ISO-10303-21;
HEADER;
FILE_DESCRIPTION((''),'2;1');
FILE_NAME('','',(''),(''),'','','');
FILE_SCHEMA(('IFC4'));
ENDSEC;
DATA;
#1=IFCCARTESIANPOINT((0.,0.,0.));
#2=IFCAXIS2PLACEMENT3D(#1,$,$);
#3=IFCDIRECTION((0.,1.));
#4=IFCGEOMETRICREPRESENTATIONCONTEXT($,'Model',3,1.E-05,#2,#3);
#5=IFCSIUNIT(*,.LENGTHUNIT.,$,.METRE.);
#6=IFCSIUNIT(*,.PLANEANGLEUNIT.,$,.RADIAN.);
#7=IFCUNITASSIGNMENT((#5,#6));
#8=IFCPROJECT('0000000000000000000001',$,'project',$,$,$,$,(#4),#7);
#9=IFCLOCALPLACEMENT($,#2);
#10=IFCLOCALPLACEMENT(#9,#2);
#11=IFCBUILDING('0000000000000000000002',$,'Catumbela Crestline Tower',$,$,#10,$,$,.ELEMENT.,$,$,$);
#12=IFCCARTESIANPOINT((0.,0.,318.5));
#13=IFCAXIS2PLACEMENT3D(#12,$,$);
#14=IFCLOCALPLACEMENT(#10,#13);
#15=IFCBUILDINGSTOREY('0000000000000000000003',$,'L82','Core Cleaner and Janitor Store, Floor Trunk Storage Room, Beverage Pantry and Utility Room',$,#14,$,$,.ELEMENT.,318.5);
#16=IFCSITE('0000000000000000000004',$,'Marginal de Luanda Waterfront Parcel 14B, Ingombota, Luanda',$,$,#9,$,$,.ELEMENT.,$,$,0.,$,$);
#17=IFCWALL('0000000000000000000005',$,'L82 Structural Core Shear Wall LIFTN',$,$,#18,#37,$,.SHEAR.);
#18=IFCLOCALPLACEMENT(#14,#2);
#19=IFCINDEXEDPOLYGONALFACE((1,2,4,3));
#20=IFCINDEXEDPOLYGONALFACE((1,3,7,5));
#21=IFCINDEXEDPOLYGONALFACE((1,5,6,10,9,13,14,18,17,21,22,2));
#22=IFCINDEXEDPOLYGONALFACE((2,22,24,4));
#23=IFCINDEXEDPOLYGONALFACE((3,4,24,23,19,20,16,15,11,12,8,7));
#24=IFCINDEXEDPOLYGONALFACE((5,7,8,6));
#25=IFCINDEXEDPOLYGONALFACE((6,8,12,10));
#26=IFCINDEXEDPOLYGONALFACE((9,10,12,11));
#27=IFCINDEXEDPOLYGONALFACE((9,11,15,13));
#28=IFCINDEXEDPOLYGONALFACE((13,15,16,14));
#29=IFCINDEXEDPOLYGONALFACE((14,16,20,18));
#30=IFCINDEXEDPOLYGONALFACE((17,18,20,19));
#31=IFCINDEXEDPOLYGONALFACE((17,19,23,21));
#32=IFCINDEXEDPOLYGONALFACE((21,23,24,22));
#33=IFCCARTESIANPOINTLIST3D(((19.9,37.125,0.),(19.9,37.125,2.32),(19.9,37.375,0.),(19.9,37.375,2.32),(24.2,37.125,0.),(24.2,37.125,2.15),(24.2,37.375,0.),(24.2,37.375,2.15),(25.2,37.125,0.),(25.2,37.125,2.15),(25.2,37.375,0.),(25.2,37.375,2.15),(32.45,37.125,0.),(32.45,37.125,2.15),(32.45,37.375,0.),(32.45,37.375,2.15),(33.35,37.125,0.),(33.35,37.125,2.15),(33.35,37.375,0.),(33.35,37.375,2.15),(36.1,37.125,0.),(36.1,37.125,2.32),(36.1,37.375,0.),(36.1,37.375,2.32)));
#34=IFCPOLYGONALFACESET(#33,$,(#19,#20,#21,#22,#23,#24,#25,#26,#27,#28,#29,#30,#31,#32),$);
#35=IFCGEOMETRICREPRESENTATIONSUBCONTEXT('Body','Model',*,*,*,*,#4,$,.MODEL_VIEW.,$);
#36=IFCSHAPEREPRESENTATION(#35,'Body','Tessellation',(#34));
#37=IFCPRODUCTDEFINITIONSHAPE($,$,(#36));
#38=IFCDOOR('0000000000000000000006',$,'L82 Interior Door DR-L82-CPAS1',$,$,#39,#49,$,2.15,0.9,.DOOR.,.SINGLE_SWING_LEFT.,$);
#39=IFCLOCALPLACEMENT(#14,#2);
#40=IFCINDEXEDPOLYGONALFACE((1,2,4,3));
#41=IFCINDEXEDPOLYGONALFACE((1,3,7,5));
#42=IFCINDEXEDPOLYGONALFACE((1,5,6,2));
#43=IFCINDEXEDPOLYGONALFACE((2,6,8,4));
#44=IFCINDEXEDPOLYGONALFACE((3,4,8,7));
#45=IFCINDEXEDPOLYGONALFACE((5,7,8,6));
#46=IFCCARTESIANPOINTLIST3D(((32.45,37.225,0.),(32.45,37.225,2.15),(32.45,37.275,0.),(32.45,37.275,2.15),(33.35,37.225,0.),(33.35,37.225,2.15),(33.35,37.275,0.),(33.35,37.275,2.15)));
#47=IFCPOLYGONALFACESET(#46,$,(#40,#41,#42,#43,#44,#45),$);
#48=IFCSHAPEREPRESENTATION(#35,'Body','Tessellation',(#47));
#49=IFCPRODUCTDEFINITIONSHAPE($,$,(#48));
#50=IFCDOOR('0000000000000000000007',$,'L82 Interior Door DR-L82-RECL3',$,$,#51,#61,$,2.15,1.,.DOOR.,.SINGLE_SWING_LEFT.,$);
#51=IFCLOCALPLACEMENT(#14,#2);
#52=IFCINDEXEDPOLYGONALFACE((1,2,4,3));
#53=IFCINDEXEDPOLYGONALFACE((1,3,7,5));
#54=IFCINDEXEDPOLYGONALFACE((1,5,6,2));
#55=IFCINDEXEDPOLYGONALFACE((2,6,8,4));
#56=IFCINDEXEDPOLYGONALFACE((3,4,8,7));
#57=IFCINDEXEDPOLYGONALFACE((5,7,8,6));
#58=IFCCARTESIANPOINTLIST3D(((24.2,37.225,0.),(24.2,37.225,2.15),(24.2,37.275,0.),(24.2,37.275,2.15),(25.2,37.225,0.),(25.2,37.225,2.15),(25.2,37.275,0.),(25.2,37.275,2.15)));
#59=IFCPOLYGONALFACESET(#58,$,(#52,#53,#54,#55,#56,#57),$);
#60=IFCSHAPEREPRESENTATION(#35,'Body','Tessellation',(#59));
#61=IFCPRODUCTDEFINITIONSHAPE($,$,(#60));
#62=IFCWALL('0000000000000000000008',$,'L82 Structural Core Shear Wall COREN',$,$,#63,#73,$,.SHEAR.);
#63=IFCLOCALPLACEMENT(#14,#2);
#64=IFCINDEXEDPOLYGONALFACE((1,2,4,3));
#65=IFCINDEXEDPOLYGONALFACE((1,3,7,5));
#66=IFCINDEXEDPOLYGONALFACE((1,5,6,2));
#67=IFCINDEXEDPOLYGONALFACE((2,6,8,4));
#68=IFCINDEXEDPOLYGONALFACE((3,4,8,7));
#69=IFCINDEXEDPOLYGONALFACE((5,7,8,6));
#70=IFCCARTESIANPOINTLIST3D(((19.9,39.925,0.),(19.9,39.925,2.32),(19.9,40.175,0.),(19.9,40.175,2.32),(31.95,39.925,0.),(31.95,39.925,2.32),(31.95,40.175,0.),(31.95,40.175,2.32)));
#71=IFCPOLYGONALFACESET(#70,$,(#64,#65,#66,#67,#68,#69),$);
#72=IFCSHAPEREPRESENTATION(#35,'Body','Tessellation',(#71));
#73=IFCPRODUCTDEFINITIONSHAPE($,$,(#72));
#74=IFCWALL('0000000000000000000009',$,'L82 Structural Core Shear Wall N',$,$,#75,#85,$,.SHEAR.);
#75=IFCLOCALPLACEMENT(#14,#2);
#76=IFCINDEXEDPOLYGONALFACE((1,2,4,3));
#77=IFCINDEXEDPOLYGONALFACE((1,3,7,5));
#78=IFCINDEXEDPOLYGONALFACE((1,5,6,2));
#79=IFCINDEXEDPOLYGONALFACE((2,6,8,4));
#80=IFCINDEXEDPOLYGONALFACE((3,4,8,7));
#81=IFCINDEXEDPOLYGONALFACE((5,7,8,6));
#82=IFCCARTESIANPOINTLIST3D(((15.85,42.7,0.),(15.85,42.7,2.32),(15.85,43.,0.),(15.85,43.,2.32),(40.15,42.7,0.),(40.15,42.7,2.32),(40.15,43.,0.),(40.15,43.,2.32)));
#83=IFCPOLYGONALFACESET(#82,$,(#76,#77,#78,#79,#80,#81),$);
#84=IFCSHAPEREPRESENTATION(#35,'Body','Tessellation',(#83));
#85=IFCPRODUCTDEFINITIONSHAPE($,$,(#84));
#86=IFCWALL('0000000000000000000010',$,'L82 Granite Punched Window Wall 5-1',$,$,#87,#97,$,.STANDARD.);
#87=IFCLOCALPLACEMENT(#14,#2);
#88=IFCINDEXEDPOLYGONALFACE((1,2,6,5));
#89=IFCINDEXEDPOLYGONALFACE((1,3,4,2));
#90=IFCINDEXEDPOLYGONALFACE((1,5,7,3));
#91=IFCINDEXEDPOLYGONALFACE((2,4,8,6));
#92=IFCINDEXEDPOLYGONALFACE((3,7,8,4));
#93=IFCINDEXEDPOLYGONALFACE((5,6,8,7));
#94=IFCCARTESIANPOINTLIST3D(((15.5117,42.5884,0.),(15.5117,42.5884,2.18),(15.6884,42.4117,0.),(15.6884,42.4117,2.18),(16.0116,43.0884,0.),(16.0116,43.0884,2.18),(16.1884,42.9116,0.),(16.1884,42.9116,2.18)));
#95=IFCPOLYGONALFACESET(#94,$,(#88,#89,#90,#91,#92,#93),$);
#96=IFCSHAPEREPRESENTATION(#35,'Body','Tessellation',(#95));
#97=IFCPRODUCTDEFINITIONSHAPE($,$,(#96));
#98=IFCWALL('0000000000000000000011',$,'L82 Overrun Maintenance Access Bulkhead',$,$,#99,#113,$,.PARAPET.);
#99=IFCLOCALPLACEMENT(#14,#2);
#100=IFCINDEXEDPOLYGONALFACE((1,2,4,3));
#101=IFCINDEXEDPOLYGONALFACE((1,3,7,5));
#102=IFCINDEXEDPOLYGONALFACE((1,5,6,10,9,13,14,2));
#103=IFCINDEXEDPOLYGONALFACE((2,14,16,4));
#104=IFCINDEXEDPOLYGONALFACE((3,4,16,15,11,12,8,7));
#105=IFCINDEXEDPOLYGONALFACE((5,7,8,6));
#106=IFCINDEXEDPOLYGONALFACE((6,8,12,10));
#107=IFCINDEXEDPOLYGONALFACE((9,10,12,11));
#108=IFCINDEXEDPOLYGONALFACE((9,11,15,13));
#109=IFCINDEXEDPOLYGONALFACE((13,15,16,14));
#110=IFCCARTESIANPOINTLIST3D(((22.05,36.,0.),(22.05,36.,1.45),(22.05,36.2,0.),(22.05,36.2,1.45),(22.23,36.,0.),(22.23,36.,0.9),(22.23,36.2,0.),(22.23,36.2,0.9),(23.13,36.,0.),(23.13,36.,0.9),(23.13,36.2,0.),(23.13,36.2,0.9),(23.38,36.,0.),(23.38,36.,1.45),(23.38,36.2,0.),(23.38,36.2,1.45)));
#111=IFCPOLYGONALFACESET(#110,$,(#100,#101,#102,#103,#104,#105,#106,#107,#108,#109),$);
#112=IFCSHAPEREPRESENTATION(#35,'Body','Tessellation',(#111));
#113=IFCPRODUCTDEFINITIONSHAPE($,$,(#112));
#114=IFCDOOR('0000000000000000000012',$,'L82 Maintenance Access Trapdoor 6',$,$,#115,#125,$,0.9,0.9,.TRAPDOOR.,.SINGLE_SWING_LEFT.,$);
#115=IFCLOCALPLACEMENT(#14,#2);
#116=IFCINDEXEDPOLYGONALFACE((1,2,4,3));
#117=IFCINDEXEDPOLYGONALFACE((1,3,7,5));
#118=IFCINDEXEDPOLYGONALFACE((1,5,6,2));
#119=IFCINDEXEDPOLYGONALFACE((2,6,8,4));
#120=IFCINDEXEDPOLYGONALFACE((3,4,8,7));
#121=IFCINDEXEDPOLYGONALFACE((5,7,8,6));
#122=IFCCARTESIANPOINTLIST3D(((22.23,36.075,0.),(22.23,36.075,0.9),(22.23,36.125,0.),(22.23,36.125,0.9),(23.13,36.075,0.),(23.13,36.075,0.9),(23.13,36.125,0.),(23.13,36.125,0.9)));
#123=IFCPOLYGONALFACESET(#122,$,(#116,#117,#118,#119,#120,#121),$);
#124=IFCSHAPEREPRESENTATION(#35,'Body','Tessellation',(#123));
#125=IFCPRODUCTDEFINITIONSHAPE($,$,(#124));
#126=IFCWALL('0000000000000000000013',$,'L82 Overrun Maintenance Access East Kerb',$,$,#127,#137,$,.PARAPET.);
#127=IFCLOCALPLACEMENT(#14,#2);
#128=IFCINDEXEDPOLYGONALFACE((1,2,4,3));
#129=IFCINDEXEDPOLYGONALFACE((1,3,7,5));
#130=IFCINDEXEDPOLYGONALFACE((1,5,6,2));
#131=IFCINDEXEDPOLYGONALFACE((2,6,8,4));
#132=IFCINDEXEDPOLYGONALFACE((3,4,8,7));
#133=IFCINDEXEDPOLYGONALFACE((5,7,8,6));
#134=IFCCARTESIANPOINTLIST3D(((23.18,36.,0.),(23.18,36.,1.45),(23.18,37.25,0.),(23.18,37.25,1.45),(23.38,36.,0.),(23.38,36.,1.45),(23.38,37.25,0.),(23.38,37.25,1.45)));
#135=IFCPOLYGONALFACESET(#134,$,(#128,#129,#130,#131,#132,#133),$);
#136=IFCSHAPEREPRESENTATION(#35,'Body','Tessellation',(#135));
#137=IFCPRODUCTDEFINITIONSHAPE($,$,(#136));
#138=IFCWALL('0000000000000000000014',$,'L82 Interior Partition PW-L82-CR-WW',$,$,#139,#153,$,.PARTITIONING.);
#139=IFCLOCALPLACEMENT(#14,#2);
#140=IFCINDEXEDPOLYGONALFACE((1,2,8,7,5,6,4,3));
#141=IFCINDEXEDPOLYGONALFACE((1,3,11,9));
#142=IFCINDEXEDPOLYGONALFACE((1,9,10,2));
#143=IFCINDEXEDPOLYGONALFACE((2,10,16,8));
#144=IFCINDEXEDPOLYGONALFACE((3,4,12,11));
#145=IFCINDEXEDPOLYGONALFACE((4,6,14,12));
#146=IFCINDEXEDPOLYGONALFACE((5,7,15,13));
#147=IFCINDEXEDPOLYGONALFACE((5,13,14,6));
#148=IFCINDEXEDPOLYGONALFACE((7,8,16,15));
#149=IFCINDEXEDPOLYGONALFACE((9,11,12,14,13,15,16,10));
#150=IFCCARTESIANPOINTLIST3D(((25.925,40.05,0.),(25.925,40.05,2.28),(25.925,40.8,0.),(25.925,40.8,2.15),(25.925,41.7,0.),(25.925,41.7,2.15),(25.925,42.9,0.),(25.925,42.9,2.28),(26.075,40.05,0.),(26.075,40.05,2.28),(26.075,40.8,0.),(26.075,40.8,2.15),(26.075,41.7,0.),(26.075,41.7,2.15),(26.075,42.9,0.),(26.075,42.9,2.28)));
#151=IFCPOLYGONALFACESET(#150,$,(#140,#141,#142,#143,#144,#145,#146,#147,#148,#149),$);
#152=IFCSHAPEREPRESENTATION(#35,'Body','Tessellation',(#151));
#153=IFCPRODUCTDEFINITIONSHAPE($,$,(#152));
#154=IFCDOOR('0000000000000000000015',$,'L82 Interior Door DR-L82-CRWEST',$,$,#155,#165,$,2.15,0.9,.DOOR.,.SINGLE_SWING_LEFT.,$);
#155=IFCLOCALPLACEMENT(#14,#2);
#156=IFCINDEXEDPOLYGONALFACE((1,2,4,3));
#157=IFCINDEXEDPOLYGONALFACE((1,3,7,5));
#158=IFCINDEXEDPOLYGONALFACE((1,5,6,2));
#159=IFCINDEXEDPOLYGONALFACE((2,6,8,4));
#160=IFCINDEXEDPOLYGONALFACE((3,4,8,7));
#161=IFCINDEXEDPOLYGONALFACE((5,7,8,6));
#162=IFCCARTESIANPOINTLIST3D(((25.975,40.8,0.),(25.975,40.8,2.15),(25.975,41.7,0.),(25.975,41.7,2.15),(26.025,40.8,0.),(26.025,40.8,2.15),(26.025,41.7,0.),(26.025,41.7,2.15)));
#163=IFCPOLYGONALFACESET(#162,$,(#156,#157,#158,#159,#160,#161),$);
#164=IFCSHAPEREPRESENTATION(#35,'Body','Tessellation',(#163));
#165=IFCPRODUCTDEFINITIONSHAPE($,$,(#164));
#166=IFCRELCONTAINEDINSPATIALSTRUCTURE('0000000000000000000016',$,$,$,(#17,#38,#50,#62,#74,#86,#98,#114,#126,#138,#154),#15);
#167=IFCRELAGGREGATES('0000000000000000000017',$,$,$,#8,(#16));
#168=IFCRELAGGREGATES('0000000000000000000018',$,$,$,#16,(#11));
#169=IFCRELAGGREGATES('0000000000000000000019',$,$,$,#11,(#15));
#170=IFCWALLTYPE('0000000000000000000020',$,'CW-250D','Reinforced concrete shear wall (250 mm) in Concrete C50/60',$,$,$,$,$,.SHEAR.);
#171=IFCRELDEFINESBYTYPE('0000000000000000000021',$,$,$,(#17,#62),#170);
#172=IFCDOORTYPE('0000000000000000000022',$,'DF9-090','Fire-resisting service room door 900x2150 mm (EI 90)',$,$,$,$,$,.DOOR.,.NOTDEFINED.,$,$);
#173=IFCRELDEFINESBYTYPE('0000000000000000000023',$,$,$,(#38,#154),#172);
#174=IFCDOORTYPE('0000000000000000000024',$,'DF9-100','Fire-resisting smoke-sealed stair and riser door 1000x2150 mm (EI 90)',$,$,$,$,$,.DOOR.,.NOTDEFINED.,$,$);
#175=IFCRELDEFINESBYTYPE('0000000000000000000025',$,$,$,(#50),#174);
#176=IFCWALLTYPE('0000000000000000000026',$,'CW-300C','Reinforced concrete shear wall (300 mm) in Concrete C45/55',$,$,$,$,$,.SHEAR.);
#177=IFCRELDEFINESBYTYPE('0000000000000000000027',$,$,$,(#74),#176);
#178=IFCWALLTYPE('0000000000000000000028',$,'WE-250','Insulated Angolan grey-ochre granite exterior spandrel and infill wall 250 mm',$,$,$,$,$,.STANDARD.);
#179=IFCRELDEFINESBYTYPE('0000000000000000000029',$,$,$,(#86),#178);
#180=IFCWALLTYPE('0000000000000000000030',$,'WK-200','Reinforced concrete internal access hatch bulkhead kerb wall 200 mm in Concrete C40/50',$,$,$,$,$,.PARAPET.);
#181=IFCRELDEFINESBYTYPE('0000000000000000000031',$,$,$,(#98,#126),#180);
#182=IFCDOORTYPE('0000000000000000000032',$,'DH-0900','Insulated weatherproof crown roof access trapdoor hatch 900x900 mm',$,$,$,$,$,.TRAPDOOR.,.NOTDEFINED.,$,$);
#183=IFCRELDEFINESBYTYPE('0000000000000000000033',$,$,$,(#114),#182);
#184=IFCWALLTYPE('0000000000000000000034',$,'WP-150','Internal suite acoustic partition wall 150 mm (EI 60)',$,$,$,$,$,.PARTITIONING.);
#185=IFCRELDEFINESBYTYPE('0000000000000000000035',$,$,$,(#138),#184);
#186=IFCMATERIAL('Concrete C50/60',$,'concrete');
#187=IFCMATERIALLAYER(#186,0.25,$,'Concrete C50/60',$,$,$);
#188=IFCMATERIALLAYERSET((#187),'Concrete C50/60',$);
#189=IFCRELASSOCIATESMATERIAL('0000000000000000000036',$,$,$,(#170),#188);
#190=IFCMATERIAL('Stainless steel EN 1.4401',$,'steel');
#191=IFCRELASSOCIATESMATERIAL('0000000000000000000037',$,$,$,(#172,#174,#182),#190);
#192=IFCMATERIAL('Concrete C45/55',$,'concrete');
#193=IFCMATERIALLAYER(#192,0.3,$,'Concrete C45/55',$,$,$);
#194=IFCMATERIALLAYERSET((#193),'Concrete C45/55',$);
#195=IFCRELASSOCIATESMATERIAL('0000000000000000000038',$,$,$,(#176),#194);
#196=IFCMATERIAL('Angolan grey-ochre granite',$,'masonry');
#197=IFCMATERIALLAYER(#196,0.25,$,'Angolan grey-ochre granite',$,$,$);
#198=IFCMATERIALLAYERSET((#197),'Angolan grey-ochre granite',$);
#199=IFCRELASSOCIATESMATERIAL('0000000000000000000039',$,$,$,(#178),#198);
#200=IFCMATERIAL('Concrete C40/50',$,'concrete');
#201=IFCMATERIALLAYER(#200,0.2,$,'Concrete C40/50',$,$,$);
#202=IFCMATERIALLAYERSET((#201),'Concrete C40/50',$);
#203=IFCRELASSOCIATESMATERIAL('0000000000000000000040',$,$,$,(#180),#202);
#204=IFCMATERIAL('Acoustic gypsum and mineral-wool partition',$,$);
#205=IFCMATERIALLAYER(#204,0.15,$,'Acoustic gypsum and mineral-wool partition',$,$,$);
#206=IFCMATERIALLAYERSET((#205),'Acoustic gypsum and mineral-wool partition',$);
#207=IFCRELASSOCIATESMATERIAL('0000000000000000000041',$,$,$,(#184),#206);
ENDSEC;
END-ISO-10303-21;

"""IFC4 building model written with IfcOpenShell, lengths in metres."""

from ifc_helpers import new_model, si_unit, direction, frame, frame_2d, origin, place, context, subcontext, project, spatial, rectangle, extrude, material, layer, layer_set, type_object, element, fill, save


model = new_model("IFC4")

# Units and contexts
model_context = context("Model", 3, precision=1e-05, world=origin(), true_north=direction((0.0, 1.0)))
body_context = subcontext(model_context, "Body", "Model", "MODEL_VIEW")
ifc_project = project(units=[si_unit("LENGTHUNIT", "METRE"), si_unit("PLANEANGLEUNIT", "RADIAN")], contexts=[model_context])

# Site, building, storey
site_placement = place(None, origin())
site = spatial("IfcSite", under=ifc_project, at=site_placement, Name="Marginal de Luanda Waterfront Parcel 14B, Ingombota, Luanda", CompositionType="ELEMENT", RefElevation=0.0)
building_placement = place(site_placement, origin())
building = spatial("IfcBuilding", under=site, at=building_placement, Name="Catumbela Crestline Tower", CompositionType="ELEMENT")
storey_placement = place(building_placement, frame((0.0, 0.0, 318.5)))
storey = spatial("IfcBuildingStorey", under=building, at=storey_placement, Name="L82", Description="Core Cleaner and Janitor Store, Floor Trunk Storage Room, Beverage Pantry and Utility Room", CompositionType="ELEMENT", Elevation=318.5)

# Wall, openings, doors
ifc_material_1 = material(Name="Concrete C50/60", Category="concrete")
ifc_layer_1 = layer(ifc_material_1, 0.25, Name="Concrete C50/60")
ifc_layer_set_1 = layer_set([ifc_layer_1], Name="Concrete C50/60")
wall_type_1 = type_object("IfcWallType", Name="CW-250D", Description="Reinforced concrete shear wall (250 mm) in Concrete C50/60", PredefinedType="SHEAR", material=ifc_layer_set_1)
wall_1_placement = place(storey_placement, frame((19.9, 37.25, 0.0), z_axis=(0.0, 0.0, 1.0), x_axis=(1.0, 0.0, 0.0)))
wall_1 = element("IfcWall", 1, at=wall_1_placement, inside=storey, type_object=wall_type_1, Name="L82 Structural Core Shear Wall LIFTN", PredefinedType="SHEAR", context=body_context, shape_type="SweptSolid", body=[
    extrude(rectangle(XDim=16.2, YDim=0.25, at=frame_2d((8.1, 0.0))), origin(), (0.0, 0.0, 1.0), 2.32),
])
opening_1_placement = place(wall_1_placement, frame((4.3, 0.0, 0.0)))
opening_1 = element("IfcOpeningElement", 2, at=opening_1_placement, cuts=wall_1, PredefinedType="OPENING", context=body_context, shape_type="SweptSolid", body=[
    extrude(rectangle(XDim=1.0, YDim=2.15, at=frame_2d((0.5, 1.075))), frame((0.0, 0.135, 0.0), z_axis=(0.0, -1.0, 0.0), x_axis=(1.0, 0.0, 0.0)), (0.0, 0.0, 1.0), 0.27),
])
opening_2_placement = place(wall_1_placement, frame((12.55, 0.0, 0.0)))
opening_2 = element("IfcOpeningElement", 3, at=opening_2_placement, cuts=wall_1, PredefinedType="OPENING", context=body_context, shape_type="SweptSolid", body=[
    extrude(rectangle(XDim=0.9, YDim=2.15, at=frame_2d((0.45, 1.075))), frame((0.0, 0.135, 0.0), z_axis=(0.0, -1.0, 0.0), x_axis=(1.0, 0.0, 0.0)), (0.0, 0.0, 1.0), 0.27),
])
ifc_material_2 = material(Name="Stainless steel EN 1.4401", Category="steel")
door_type_1 = type_object("IfcDoorType", Name="DF9-090", Description="Fire-resisting service room door 900x2150 mm (EI 90)", OperationType="NOTDEFINED", PredefinedType="DOOR", material=ifc_material_2)
door_1_placement = place(opening_2_placement, origin())
door_1 = element("IfcDoor", 4, at=door_1_placement, inside=storey, type_object=door_type_1, Name="L82 Interior Door DR-L82-CPAS1", OperationType="SINGLE_SWING_LEFT", OverallHeight=2.15, OverallWidth=0.9, PredefinedType="DOOR", context=body_context, shape_type="SweptSolid", body=[
    extrude(rectangle(XDim=0.9, YDim=2.15, at=frame_2d((0.45, 1.075))), frame((0.0, 0.025, 0.0), z_axis=(0.0, -1.0, 0.0), x_axis=(1.0, 0.0, 0.0)), (0.0, 0.0, 1.0), 0.05),
])
fill(opening_2, door_1)
door_type_2 = type_object("IfcDoorType", Name="DF9-100", Description="Fire-resisting smoke-sealed stair and riser door 1000x2150 mm (EI 90)", OperationType="NOTDEFINED", PredefinedType="DOOR", material=ifc_material_2)
door_2_placement = place(opening_1_placement, origin())
door_2 = element("IfcDoor", 5, at=door_2_placement, inside=storey, type_object=door_type_2, Name="L82 Interior Door DR-L82-RECL3", OperationType="SINGLE_SWING_LEFT", OverallHeight=2.15, OverallWidth=1.0, PredefinedType="DOOR", context=body_context, shape_type="SweptSolid", body=[
    extrude(rectangle(XDim=1.0, YDim=2.15, at=frame_2d((0.5, 1.075))), frame((0.0, 0.025, 0.0), z_axis=(0.0, -1.0, 0.0), x_axis=(1.0, 0.0, 0.0)), (0.0, 0.0, 1.0), 0.05),
])
fill(opening_1, door_2)

# Walls
wall_2_placement = place(storey_placement, frame((19.9, 40.05, 0.0), z_axis=(0.0, 0.0, 1.0), x_axis=(1.0, 0.0, 0.0)))
element("IfcWall", 6, at=wall_2_placement, inside=storey, type_object=wall_type_1, Name="L82 Structural Core Shear Wall COREN", PredefinedType="SHEAR", context=body_context, shape_type="SweptSolid", body=[
    extrude(rectangle(XDim=12.05, YDim=0.25, at=frame_2d((6.025, 0.0))), origin(), (0.0, 0.0, 1.0), 2.32),
])
ifc_material_3 = material(Name="Concrete C45/55", Category="concrete")
ifc_layer_2 = layer(ifc_material_3, 0.3, Name="Concrete C45/55")
ifc_layer_set_2 = layer_set([ifc_layer_2], Name="Concrete C45/55")
wall_type_2 = type_object("IfcWallType", Name="CW-300C", Description="Reinforced concrete shear wall (300 mm) in Concrete C45/55", PredefinedType="SHEAR", material=ifc_layer_set_2)
wall_3_placement = place(storey_placement, frame((15.85, 42.85, 0.0), z_axis=(0.0, 0.0, 1.0), x_axis=(1.0, 0.0, 0.0)))
element("IfcWall", 7, at=wall_3_placement, inside=storey, type_object=wall_type_2, Name="L82 Structural Core Shear Wall N", PredefinedType="SHEAR", context=body_context, shape_type="SweptSolid", body=[
    extrude(rectangle(XDim=24.3, YDim=0.3, at=frame_2d((12.15, 0.0))), origin(), (0.0, 0.0, 1.0), 2.32),
])
ifc_material_4 = material(Name="Angolan grey-ochre granite", Category="masonry")
ifc_layer_3 = layer(ifc_material_4, 0.25, Name="Angolan grey-ochre granite")
ifc_layer_set_3 = layer_set([ifc_layer_3], Name="Angolan grey-ochre granite")
wall_type_3 = type_object("IfcWallType", Name="WE-250", Description="Insulated Angolan grey-ochre granite exterior spandrel and infill wall 250 mm", PredefinedType="STANDARD", material=ifc_layer_set_3)
wall_4_placement = place(storey_placement, frame((16.1, 43.0, 0.0), z_axis=(0.0, 0.0, 1.0), x_axis=(-0.707107, -0.707107, 0.0)))
element("IfcWall", 8, at=wall_4_placement, inside=storey, type_object=wall_type_3, Name="L82 Granite Punched Window Wall 5-1", PredefinedType="STANDARD", context=body_context, shape_type="SweptSolid", body=[
    extrude(rectangle(XDim=0.7071, YDim=0.25, at=frame_2d((0.3535, 0.0))), origin(), (0.0, 0.0, 1.0), 2.18),
])

# Wall, opening, door
ifc_material_5 = material(Name="Concrete C40/50", Category="concrete")
ifc_layer_4 = layer(ifc_material_5, 0.2, Name="Concrete C40/50")
ifc_layer_set_4 = layer_set([ifc_layer_4], Name="Concrete C40/50")
wall_type_4 = type_object("IfcWallType", Name="WK-200", Description="Reinforced concrete internal access hatch bulkhead kerb wall 200 mm in Concrete C40/50", PredefinedType="PARAPET", material=ifc_layer_set_4)
wall_5_placement = place(storey_placement, frame((22.05, 36.1, 0.0), z_axis=(0.0, 0.0, 1.0), x_axis=(1.0, 0.0, 0.0)))
wall_5 = element("IfcWall", 9, at=wall_5_placement, inside=storey, type_object=wall_type_4, Name="L82 Overrun Maintenance Access Bulkhead", PredefinedType="PARAPET", context=body_context, shape_type="SweptSolid", body=[
    extrude(rectangle(XDim=1.33, YDim=0.2, at=frame_2d((0.665, 0.0))), origin(), (0.0, 0.0, 1.0), 1.45),
])
opening_3_placement = place(wall_5_placement, frame((0.18, 0.0, 0.0)))
opening_3 = element("IfcOpeningElement", 10, at=opening_3_placement, cuts=wall_5, PredefinedType="OPENING", context=body_context, shape_type="SweptSolid", body=[
    extrude(rectangle(XDim=0.9, YDim=0.9, at=frame_2d((0.45, 0.45))), frame((0.0, 0.11, 0.0), z_axis=(0.0, -1.0, 0.0), x_axis=(1.0, 0.0, 0.0)), (0.0, 0.0, 1.0), 0.22),
])
door_type_3 = type_object("IfcDoorType", Name="DH-0900", Description="Insulated weatherproof crown roof access trapdoor hatch 900x900 mm", OperationType="NOTDEFINED", PredefinedType="TRAPDOOR", material=ifc_material_2)
door_3_placement = place(opening_3_placement, origin())
door_3 = element("IfcDoor", 11, at=door_3_placement, inside=storey, type_object=door_type_3, Name="L82 Maintenance Access Trapdoor 6", OperationType="SINGLE_SWING_LEFT", OverallHeight=0.9, OverallWidth=0.9, PredefinedType="TRAPDOOR", context=body_context, shape_type="SweptSolid", body=[
    extrude(rectangle(XDim=0.9, YDim=0.9, at=frame_2d((0.45, 0.45))), frame((0.0, 0.025, 0.0), z_axis=(0.0, -1.0, 0.0), x_axis=(1.0, 0.0, 0.0)), (0.0, 0.0, 1.0), 0.05),
])
fill(opening_3, door_3)

# Wall
wall_6_placement = place(storey_placement, frame((23.28, 36.0, 0.0), z_axis=(0.0, 0.0, 1.0), x_axis=(0.0, 1.0, 0.0)))
element("IfcWall", 12, at=wall_6_placement, inside=storey, type_object=wall_type_4, Name="L82 Overrun Maintenance Access East Kerb", PredefinedType="PARAPET", context=body_context, shape_type="SweptSolid", body=[
    extrude(rectangle(XDim=1.25, YDim=0.2, at=frame_2d((0.625, 0.0))), origin(), (0.0, 0.0, 1.0), 1.45),
])

# Wall, opening, door
ifc_material_6 = material(Name="Acoustic gypsum and mineral-wool partition")
ifc_layer_5 = layer(ifc_material_6, 0.15, Name="Acoustic gypsum and mineral-wool partition")
ifc_layer_set_5 = layer_set([ifc_layer_5], Name="Acoustic gypsum and mineral-wool partition")
wall_type_5 = type_object("IfcWallType", Name="WP-150", Description="Internal suite acoustic partition wall 150 mm (EI 60)", PredefinedType="PARTITIONING", material=ifc_layer_set_5)
wall_7_placement = place(storey_placement, frame((26.0, 40.05, 0.0), z_axis=(0.0, 0.0, 1.0), x_axis=(0.0, 1.0, 0.0)))
wall_7 = element("IfcWall", 13, at=wall_7_placement, inside=storey, type_object=wall_type_5, Name="L82 Interior Partition PW-L82-CR-WW", PredefinedType="PARTITIONING", context=body_context, shape_type="SweptSolid", body=[
    extrude(rectangle(XDim=2.85, YDim=0.15, at=frame_2d((1.425, 0.0))), origin(), (0.0, 0.0, 1.0), 2.28),
])
opening_4_placement = place(wall_7_placement, frame((0.75, 0.0, 0.0)))
opening_4 = element("IfcOpeningElement", 14, at=opening_4_placement, cuts=wall_7, PredefinedType="OPENING", context=body_context, shape_type="SweptSolid", body=[
    extrude(rectangle(XDim=0.9, YDim=2.15, at=frame_2d((0.45, 1.075))), frame((0.0, 0.085, 0.0), z_axis=(0.0, -1.0, 0.0), x_axis=(1.0, 0.0, 0.0)), (0.0, 0.0, 1.0), 0.17),
])
door_4_placement = place(opening_4_placement, origin())
door_4 = element("IfcDoor", 15, at=door_4_placement, inside=storey, type_object=door_type_1, Name="L82 Interior Door DR-L82-CRWEST", OperationType="SINGLE_SWING_LEFT", OverallHeight=2.15, OverallWidth=0.9, PredefinedType="DOOR", context=body_context, shape_type="SweptSolid", body=[
    extrude(rectangle(XDim=0.9, YDim=2.15, at=frame_2d((0.45, 1.075))), frame((0.0, 0.025, 0.0), z_axis=(0.0, -1.0, 0.0), x_axis=(1.0, 0.0, 0.0)), (0.0, 0.0, 1.0), 0.05),
])
fill(opening_4, door_4)

save(model, "model.ifc")
